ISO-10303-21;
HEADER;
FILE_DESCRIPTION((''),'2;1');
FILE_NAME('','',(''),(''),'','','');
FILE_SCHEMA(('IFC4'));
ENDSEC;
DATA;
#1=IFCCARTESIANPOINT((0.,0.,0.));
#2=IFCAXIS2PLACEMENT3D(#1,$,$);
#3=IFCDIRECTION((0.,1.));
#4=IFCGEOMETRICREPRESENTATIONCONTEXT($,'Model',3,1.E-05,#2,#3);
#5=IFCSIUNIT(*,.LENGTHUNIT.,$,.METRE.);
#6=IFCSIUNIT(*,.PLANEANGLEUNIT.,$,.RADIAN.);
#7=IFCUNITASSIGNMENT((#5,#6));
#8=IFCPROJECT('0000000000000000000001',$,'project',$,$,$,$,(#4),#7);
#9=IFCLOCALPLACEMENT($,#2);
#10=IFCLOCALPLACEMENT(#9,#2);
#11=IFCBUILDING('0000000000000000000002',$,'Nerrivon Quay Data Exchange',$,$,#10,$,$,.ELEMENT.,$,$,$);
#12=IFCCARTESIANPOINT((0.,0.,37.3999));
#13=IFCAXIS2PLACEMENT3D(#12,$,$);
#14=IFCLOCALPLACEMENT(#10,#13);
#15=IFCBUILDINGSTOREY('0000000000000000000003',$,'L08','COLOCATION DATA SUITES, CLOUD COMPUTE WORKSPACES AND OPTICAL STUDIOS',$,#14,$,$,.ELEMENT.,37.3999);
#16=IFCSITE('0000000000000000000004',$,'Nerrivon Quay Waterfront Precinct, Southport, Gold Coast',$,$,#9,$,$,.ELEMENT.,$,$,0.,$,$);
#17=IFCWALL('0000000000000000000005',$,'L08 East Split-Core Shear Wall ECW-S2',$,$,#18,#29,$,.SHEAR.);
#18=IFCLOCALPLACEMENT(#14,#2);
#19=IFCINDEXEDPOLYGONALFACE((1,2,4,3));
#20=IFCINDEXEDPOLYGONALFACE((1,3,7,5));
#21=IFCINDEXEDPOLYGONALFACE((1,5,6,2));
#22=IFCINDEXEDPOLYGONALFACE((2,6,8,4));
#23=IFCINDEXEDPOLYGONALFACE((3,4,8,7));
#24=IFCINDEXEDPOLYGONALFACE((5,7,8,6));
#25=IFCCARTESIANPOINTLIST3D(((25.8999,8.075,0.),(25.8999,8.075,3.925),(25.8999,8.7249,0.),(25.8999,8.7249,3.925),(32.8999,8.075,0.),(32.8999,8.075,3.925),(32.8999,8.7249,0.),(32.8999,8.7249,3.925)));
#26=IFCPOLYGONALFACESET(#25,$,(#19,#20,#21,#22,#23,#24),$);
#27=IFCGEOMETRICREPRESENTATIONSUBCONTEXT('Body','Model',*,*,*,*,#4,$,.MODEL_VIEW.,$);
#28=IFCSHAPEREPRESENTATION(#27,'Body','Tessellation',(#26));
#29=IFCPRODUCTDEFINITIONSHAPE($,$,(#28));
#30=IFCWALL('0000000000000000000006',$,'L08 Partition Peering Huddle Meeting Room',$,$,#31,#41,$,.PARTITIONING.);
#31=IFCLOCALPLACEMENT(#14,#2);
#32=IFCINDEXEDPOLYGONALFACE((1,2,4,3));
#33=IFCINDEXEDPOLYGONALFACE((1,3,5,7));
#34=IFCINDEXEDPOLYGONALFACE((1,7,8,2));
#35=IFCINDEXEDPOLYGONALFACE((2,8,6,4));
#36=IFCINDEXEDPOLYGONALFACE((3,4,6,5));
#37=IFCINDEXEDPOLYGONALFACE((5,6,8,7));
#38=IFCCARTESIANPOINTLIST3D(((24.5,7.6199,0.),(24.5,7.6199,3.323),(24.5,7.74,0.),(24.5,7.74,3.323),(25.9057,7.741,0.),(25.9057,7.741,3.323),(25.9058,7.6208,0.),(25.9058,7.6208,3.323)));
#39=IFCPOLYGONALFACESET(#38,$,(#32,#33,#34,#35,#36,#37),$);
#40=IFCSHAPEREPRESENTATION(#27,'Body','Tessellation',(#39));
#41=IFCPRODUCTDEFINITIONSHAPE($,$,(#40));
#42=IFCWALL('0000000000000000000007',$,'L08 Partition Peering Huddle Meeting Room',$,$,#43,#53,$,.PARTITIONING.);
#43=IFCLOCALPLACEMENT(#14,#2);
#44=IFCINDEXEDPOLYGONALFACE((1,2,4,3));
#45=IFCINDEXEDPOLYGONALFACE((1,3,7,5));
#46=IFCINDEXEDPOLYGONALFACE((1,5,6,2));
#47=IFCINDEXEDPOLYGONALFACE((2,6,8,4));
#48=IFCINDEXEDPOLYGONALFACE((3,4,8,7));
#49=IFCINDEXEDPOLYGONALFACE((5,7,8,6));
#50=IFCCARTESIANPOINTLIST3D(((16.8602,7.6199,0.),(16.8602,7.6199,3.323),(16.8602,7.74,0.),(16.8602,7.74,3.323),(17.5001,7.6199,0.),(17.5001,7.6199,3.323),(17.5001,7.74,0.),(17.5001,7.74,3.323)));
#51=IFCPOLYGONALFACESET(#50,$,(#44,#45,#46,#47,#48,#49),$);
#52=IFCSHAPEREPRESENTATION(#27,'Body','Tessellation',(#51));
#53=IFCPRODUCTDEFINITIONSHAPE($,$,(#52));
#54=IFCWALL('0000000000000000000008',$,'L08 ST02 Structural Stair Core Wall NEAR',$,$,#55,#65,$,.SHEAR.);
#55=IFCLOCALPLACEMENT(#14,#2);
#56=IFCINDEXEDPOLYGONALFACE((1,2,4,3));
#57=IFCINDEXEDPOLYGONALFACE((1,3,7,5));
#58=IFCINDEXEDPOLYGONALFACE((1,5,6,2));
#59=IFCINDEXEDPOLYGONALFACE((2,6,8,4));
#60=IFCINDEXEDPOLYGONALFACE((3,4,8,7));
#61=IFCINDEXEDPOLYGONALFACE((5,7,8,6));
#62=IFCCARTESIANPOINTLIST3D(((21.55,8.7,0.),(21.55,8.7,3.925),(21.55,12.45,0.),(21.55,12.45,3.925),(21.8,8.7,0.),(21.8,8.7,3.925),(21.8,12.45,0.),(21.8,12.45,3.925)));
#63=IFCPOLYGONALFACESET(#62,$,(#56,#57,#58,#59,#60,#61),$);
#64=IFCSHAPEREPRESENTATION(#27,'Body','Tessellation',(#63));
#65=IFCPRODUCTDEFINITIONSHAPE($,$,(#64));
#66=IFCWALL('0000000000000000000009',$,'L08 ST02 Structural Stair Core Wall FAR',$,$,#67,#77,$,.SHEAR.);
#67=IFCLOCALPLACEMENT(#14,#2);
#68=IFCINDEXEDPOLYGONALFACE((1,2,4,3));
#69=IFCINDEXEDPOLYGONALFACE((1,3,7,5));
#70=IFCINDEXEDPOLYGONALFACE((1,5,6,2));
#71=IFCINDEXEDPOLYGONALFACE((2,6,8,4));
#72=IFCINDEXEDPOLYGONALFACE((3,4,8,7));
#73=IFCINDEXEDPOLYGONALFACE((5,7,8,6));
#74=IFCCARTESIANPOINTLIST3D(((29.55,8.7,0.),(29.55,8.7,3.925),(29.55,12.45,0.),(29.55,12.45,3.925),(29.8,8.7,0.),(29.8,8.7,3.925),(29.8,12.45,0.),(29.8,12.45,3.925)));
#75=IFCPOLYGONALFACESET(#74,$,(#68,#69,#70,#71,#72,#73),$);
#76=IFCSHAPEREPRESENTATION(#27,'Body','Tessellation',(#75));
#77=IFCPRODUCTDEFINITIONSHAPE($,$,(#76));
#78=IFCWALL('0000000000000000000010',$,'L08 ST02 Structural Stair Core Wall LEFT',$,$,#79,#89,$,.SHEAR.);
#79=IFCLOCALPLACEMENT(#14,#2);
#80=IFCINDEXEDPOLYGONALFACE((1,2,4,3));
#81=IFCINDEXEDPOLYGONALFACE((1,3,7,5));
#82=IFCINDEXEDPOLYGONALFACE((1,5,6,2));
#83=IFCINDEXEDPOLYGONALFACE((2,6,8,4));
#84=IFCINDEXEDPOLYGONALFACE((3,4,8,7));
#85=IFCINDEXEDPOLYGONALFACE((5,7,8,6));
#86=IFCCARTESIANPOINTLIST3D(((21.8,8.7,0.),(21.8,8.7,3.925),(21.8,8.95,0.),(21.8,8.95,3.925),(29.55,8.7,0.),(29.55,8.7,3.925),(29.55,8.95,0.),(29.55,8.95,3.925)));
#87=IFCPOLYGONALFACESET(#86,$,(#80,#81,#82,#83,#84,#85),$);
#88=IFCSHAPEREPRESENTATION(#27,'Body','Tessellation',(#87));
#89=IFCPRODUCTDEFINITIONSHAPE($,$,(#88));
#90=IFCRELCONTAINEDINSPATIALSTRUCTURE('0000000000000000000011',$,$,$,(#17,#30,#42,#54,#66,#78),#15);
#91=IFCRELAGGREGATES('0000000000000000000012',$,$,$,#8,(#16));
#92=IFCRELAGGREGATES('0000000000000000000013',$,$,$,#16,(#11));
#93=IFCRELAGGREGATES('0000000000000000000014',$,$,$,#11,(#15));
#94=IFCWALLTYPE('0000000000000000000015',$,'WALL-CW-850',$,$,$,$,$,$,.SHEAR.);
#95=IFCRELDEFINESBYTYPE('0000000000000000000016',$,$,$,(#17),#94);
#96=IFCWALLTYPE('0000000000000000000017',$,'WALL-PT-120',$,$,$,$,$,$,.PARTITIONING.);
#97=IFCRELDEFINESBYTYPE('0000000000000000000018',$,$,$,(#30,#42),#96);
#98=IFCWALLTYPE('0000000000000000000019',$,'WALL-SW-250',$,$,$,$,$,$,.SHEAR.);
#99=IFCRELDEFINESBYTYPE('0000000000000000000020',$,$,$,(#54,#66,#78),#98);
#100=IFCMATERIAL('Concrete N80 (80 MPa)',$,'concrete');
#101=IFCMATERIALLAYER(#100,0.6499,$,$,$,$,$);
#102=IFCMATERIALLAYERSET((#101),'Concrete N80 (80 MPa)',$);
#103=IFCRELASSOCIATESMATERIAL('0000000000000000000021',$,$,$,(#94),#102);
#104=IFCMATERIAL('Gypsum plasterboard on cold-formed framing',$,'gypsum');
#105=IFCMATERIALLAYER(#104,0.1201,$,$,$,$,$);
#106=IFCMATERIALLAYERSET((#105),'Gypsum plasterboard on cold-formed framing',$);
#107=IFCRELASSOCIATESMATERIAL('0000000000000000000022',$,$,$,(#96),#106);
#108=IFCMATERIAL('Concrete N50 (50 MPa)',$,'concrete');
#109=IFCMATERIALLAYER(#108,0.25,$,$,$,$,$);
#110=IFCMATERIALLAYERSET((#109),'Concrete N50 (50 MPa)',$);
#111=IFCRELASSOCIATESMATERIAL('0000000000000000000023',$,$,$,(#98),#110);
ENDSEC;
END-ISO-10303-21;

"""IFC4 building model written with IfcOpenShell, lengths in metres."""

from ifc_helpers import new_model, si_unit, direction, frame, frame_2d, origin, place, context, subcontext, project, spatial, rectangle, extrude, material, layer, layer_set, type_object, element, save


model = new_model("IFC4")

# Units and contexts
model_context = context("Model", 3, precision=1e-05, world=origin(), true_north=direction((0.0, 1.0)))
body_context = subcontext(model_context, "Body", "Model", "MODEL_VIEW")
ifc_project = project(units=[si_unit("LENGTHUNIT", "METRE"), si_unit("PLANEANGLEUNIT", "RADIAN")], contexts=[model_context])

# Site, building, storey
site_placement = place(None, origin())
site = spatial("IfcSite", under=ifc_project, at=site_placement, Name="Nerrivon Quay Waterfront Precinct, Southport, Gold Coast", CompositionType="ELEMENT", RefElevation=0.0)
building_placement = place(site_placement, origin())
building = spatial("IfcBuilding", under=site, at=building_placement, Name="Nerrivon Quay Data Exchange", CompositionType="ELEMENT")
storey_placement = place(building_placement, frame((0.0, 0.0, 37.3999)))
storey = spatial("IfcBuildingStorey", under=building, at=storey_placement, Name="L08", Description="COLOCATION DATA SUITES, CLOUD COMPUTE WORKSPACES AND OPTICAL STUDIOS", CompositionType="ELEMENT", Elevation=37.3999)

# Shared definitions
ifc_material_1 = material(Name="Concrete N80 (80 MPa)", Category="concrete")
ifc_material_2 = material(Name="Concrete N50 (50 MPa)", Category="concrete")

# Walls
ifc_layer_1 = layer(ifc_material_1, 0.6499)
ifc_layer_set_1 = layer_set([ifc_layer_1], Name="Concrete N80 (80 MPa)")
wall_type_1 = type_object("IfcWallType", Name="WALL-CW-850", PredefinedType="SHEAR", material=ifc_layer_set_1)
for number, where, z_axis, x_axis, name in (
    (1, (25.8999, 8.3999, 0.0), (0.0, 0.0, 1.0), (1.0, 0.0, 0.0), "L08 East Split-Core Shear Wall ECW-S2"),
):
    element("IfcWall", number, at=place(storey_placement, frame(where, z_axis=z_axis, x_axis=x_axis)), inside=storey, type_object=wall_type_1, Name=name, PredefinedType="SHEAR", context=body_context, shape_type="SweptSolid", body=[
        extrude(rectangle(XDim=7.0, YDim=0.6499, at=frame_2d((3.5, 0.0))), origin(), (0.0, 0.0, 1.0), 3.925),
    ])
ifc_material_3 = material(Name="Gypsum plasterboard on cold-formed framing", Category="gypsum")
ifc_layer_2 = layer(ifc_material_3, 0.1201)
ifc_layer_set_2 = layer_set([ifc_layer_2], Name="Gypsum plasterboard on cold-formed framing")
wall_type_2 = type_object("IfcWallType", Name="WALL-PT-120", PredefinedType="PARTITIONING", material=ifc_layer_set_2)
wall_1_placement = place(storey_placement, frame((25.9058, 7.6809, 0.0), z_axis=(0.0, 0.0, 1.0), x_axis=(-1.0, -0.000695, 0.0)))
element("IfcWall", 2, at=wall_1_placement, inside=storey, type_object=wall_type_2, Name="L08 Partition Peering Huddle Meeting Room", PredefinedType="PARTITIONING", context=body_context, shape_type="SweptSolid", body=[
    extrude(rectangle(XDim=1.4058, YDim=0.1201, at=frame_2d((0.7029, 0.0))), origin(), (0.0, 0.0, 1.0), 3.323),
])
wall_2_placement = place(storey_placement, frame((17.5, 7.6799, 0.0), z_axis=(0.0, 0.0, 1.0), x_axis=(-1.0, 0.0, 0.0)))
element("IfcWall", 3, at=wall_2_placement, inside=storey, type_object=wall_type_2, Name="L08 Partition Peering Huddle Meeting Room", PredefinedType="PARTITIONING", context=body_context, shape_type="SweptSolid", body=[
    extrude(rectangle(XDim=0.6399, YDim=0.1201, at=frame_2d((0.3198, 0.0))), origin(), (0.0, 0.0, 1.0), 3.323),
])
ifc_layer_3 = layer(ifc_material_2, 0.25)
ifc_layer_set_3 = layer_set([ifc_layer_3], Name="Concrete N50 (50 MPa)")
wall_type_3 = type_object("IfcWallType", Name="WALL-SW-250", PredefinedType="SHEAR", material=ifc_layer_set_3)
for number, where, z_axis, x_axis, name in (
    (4, (21.675, 8.7, 0.0), (0.0, 0.0, 1.0), (0.0, 1.0, 0.0), "L08 ST02 Structural Stair Core Wall NEAR"),
    (5, (29.675, 8.7, 0.0), (0.0, 0.0, 1.0), (0.0, 1.0, 0.0), "L08 ST02 Structural Stair Core Wall FAR"),
):
    element("IfcWall", number, at=place(storey_placement, frame(where, z_axis=z_axis, x_axis=x_axis)), inside=storey, type_object=wall_type_3, Name=name, PredefinedType="SHEAR", context=body_context, shape_type="SweptSolid", body=[
        extrude(rectangle(XDim=3.75, YDim=0.25, at=frame_2d((1.875, 0.0))), origin(), (0.0, 0.0, 1.0), 3.925),
    ])
wall_3_placement = place(storey_placement, frame((21.8, 8.825, 0.0), z_axis=(0.0, 0.0, 1.0), x_axis=(1.0, 0.0, 0.0)))
element("IfcWall", 6, at=wall_3_placement, inside=storey, type_object=wall_type_3, Name="L08 ST02 Structural Stair Core Wall LEFT", PredefinedType="SHEAR", context=body_context, shape_type="SweptSolid", body=[
    extrude(rectangle(XDim=7.75, YDim=0.25, at=frame_2d((3.875, 0.0))), origin(), (0.0, 0.0, 1.0), 3.925),
])

save(model, "model.ifc")
